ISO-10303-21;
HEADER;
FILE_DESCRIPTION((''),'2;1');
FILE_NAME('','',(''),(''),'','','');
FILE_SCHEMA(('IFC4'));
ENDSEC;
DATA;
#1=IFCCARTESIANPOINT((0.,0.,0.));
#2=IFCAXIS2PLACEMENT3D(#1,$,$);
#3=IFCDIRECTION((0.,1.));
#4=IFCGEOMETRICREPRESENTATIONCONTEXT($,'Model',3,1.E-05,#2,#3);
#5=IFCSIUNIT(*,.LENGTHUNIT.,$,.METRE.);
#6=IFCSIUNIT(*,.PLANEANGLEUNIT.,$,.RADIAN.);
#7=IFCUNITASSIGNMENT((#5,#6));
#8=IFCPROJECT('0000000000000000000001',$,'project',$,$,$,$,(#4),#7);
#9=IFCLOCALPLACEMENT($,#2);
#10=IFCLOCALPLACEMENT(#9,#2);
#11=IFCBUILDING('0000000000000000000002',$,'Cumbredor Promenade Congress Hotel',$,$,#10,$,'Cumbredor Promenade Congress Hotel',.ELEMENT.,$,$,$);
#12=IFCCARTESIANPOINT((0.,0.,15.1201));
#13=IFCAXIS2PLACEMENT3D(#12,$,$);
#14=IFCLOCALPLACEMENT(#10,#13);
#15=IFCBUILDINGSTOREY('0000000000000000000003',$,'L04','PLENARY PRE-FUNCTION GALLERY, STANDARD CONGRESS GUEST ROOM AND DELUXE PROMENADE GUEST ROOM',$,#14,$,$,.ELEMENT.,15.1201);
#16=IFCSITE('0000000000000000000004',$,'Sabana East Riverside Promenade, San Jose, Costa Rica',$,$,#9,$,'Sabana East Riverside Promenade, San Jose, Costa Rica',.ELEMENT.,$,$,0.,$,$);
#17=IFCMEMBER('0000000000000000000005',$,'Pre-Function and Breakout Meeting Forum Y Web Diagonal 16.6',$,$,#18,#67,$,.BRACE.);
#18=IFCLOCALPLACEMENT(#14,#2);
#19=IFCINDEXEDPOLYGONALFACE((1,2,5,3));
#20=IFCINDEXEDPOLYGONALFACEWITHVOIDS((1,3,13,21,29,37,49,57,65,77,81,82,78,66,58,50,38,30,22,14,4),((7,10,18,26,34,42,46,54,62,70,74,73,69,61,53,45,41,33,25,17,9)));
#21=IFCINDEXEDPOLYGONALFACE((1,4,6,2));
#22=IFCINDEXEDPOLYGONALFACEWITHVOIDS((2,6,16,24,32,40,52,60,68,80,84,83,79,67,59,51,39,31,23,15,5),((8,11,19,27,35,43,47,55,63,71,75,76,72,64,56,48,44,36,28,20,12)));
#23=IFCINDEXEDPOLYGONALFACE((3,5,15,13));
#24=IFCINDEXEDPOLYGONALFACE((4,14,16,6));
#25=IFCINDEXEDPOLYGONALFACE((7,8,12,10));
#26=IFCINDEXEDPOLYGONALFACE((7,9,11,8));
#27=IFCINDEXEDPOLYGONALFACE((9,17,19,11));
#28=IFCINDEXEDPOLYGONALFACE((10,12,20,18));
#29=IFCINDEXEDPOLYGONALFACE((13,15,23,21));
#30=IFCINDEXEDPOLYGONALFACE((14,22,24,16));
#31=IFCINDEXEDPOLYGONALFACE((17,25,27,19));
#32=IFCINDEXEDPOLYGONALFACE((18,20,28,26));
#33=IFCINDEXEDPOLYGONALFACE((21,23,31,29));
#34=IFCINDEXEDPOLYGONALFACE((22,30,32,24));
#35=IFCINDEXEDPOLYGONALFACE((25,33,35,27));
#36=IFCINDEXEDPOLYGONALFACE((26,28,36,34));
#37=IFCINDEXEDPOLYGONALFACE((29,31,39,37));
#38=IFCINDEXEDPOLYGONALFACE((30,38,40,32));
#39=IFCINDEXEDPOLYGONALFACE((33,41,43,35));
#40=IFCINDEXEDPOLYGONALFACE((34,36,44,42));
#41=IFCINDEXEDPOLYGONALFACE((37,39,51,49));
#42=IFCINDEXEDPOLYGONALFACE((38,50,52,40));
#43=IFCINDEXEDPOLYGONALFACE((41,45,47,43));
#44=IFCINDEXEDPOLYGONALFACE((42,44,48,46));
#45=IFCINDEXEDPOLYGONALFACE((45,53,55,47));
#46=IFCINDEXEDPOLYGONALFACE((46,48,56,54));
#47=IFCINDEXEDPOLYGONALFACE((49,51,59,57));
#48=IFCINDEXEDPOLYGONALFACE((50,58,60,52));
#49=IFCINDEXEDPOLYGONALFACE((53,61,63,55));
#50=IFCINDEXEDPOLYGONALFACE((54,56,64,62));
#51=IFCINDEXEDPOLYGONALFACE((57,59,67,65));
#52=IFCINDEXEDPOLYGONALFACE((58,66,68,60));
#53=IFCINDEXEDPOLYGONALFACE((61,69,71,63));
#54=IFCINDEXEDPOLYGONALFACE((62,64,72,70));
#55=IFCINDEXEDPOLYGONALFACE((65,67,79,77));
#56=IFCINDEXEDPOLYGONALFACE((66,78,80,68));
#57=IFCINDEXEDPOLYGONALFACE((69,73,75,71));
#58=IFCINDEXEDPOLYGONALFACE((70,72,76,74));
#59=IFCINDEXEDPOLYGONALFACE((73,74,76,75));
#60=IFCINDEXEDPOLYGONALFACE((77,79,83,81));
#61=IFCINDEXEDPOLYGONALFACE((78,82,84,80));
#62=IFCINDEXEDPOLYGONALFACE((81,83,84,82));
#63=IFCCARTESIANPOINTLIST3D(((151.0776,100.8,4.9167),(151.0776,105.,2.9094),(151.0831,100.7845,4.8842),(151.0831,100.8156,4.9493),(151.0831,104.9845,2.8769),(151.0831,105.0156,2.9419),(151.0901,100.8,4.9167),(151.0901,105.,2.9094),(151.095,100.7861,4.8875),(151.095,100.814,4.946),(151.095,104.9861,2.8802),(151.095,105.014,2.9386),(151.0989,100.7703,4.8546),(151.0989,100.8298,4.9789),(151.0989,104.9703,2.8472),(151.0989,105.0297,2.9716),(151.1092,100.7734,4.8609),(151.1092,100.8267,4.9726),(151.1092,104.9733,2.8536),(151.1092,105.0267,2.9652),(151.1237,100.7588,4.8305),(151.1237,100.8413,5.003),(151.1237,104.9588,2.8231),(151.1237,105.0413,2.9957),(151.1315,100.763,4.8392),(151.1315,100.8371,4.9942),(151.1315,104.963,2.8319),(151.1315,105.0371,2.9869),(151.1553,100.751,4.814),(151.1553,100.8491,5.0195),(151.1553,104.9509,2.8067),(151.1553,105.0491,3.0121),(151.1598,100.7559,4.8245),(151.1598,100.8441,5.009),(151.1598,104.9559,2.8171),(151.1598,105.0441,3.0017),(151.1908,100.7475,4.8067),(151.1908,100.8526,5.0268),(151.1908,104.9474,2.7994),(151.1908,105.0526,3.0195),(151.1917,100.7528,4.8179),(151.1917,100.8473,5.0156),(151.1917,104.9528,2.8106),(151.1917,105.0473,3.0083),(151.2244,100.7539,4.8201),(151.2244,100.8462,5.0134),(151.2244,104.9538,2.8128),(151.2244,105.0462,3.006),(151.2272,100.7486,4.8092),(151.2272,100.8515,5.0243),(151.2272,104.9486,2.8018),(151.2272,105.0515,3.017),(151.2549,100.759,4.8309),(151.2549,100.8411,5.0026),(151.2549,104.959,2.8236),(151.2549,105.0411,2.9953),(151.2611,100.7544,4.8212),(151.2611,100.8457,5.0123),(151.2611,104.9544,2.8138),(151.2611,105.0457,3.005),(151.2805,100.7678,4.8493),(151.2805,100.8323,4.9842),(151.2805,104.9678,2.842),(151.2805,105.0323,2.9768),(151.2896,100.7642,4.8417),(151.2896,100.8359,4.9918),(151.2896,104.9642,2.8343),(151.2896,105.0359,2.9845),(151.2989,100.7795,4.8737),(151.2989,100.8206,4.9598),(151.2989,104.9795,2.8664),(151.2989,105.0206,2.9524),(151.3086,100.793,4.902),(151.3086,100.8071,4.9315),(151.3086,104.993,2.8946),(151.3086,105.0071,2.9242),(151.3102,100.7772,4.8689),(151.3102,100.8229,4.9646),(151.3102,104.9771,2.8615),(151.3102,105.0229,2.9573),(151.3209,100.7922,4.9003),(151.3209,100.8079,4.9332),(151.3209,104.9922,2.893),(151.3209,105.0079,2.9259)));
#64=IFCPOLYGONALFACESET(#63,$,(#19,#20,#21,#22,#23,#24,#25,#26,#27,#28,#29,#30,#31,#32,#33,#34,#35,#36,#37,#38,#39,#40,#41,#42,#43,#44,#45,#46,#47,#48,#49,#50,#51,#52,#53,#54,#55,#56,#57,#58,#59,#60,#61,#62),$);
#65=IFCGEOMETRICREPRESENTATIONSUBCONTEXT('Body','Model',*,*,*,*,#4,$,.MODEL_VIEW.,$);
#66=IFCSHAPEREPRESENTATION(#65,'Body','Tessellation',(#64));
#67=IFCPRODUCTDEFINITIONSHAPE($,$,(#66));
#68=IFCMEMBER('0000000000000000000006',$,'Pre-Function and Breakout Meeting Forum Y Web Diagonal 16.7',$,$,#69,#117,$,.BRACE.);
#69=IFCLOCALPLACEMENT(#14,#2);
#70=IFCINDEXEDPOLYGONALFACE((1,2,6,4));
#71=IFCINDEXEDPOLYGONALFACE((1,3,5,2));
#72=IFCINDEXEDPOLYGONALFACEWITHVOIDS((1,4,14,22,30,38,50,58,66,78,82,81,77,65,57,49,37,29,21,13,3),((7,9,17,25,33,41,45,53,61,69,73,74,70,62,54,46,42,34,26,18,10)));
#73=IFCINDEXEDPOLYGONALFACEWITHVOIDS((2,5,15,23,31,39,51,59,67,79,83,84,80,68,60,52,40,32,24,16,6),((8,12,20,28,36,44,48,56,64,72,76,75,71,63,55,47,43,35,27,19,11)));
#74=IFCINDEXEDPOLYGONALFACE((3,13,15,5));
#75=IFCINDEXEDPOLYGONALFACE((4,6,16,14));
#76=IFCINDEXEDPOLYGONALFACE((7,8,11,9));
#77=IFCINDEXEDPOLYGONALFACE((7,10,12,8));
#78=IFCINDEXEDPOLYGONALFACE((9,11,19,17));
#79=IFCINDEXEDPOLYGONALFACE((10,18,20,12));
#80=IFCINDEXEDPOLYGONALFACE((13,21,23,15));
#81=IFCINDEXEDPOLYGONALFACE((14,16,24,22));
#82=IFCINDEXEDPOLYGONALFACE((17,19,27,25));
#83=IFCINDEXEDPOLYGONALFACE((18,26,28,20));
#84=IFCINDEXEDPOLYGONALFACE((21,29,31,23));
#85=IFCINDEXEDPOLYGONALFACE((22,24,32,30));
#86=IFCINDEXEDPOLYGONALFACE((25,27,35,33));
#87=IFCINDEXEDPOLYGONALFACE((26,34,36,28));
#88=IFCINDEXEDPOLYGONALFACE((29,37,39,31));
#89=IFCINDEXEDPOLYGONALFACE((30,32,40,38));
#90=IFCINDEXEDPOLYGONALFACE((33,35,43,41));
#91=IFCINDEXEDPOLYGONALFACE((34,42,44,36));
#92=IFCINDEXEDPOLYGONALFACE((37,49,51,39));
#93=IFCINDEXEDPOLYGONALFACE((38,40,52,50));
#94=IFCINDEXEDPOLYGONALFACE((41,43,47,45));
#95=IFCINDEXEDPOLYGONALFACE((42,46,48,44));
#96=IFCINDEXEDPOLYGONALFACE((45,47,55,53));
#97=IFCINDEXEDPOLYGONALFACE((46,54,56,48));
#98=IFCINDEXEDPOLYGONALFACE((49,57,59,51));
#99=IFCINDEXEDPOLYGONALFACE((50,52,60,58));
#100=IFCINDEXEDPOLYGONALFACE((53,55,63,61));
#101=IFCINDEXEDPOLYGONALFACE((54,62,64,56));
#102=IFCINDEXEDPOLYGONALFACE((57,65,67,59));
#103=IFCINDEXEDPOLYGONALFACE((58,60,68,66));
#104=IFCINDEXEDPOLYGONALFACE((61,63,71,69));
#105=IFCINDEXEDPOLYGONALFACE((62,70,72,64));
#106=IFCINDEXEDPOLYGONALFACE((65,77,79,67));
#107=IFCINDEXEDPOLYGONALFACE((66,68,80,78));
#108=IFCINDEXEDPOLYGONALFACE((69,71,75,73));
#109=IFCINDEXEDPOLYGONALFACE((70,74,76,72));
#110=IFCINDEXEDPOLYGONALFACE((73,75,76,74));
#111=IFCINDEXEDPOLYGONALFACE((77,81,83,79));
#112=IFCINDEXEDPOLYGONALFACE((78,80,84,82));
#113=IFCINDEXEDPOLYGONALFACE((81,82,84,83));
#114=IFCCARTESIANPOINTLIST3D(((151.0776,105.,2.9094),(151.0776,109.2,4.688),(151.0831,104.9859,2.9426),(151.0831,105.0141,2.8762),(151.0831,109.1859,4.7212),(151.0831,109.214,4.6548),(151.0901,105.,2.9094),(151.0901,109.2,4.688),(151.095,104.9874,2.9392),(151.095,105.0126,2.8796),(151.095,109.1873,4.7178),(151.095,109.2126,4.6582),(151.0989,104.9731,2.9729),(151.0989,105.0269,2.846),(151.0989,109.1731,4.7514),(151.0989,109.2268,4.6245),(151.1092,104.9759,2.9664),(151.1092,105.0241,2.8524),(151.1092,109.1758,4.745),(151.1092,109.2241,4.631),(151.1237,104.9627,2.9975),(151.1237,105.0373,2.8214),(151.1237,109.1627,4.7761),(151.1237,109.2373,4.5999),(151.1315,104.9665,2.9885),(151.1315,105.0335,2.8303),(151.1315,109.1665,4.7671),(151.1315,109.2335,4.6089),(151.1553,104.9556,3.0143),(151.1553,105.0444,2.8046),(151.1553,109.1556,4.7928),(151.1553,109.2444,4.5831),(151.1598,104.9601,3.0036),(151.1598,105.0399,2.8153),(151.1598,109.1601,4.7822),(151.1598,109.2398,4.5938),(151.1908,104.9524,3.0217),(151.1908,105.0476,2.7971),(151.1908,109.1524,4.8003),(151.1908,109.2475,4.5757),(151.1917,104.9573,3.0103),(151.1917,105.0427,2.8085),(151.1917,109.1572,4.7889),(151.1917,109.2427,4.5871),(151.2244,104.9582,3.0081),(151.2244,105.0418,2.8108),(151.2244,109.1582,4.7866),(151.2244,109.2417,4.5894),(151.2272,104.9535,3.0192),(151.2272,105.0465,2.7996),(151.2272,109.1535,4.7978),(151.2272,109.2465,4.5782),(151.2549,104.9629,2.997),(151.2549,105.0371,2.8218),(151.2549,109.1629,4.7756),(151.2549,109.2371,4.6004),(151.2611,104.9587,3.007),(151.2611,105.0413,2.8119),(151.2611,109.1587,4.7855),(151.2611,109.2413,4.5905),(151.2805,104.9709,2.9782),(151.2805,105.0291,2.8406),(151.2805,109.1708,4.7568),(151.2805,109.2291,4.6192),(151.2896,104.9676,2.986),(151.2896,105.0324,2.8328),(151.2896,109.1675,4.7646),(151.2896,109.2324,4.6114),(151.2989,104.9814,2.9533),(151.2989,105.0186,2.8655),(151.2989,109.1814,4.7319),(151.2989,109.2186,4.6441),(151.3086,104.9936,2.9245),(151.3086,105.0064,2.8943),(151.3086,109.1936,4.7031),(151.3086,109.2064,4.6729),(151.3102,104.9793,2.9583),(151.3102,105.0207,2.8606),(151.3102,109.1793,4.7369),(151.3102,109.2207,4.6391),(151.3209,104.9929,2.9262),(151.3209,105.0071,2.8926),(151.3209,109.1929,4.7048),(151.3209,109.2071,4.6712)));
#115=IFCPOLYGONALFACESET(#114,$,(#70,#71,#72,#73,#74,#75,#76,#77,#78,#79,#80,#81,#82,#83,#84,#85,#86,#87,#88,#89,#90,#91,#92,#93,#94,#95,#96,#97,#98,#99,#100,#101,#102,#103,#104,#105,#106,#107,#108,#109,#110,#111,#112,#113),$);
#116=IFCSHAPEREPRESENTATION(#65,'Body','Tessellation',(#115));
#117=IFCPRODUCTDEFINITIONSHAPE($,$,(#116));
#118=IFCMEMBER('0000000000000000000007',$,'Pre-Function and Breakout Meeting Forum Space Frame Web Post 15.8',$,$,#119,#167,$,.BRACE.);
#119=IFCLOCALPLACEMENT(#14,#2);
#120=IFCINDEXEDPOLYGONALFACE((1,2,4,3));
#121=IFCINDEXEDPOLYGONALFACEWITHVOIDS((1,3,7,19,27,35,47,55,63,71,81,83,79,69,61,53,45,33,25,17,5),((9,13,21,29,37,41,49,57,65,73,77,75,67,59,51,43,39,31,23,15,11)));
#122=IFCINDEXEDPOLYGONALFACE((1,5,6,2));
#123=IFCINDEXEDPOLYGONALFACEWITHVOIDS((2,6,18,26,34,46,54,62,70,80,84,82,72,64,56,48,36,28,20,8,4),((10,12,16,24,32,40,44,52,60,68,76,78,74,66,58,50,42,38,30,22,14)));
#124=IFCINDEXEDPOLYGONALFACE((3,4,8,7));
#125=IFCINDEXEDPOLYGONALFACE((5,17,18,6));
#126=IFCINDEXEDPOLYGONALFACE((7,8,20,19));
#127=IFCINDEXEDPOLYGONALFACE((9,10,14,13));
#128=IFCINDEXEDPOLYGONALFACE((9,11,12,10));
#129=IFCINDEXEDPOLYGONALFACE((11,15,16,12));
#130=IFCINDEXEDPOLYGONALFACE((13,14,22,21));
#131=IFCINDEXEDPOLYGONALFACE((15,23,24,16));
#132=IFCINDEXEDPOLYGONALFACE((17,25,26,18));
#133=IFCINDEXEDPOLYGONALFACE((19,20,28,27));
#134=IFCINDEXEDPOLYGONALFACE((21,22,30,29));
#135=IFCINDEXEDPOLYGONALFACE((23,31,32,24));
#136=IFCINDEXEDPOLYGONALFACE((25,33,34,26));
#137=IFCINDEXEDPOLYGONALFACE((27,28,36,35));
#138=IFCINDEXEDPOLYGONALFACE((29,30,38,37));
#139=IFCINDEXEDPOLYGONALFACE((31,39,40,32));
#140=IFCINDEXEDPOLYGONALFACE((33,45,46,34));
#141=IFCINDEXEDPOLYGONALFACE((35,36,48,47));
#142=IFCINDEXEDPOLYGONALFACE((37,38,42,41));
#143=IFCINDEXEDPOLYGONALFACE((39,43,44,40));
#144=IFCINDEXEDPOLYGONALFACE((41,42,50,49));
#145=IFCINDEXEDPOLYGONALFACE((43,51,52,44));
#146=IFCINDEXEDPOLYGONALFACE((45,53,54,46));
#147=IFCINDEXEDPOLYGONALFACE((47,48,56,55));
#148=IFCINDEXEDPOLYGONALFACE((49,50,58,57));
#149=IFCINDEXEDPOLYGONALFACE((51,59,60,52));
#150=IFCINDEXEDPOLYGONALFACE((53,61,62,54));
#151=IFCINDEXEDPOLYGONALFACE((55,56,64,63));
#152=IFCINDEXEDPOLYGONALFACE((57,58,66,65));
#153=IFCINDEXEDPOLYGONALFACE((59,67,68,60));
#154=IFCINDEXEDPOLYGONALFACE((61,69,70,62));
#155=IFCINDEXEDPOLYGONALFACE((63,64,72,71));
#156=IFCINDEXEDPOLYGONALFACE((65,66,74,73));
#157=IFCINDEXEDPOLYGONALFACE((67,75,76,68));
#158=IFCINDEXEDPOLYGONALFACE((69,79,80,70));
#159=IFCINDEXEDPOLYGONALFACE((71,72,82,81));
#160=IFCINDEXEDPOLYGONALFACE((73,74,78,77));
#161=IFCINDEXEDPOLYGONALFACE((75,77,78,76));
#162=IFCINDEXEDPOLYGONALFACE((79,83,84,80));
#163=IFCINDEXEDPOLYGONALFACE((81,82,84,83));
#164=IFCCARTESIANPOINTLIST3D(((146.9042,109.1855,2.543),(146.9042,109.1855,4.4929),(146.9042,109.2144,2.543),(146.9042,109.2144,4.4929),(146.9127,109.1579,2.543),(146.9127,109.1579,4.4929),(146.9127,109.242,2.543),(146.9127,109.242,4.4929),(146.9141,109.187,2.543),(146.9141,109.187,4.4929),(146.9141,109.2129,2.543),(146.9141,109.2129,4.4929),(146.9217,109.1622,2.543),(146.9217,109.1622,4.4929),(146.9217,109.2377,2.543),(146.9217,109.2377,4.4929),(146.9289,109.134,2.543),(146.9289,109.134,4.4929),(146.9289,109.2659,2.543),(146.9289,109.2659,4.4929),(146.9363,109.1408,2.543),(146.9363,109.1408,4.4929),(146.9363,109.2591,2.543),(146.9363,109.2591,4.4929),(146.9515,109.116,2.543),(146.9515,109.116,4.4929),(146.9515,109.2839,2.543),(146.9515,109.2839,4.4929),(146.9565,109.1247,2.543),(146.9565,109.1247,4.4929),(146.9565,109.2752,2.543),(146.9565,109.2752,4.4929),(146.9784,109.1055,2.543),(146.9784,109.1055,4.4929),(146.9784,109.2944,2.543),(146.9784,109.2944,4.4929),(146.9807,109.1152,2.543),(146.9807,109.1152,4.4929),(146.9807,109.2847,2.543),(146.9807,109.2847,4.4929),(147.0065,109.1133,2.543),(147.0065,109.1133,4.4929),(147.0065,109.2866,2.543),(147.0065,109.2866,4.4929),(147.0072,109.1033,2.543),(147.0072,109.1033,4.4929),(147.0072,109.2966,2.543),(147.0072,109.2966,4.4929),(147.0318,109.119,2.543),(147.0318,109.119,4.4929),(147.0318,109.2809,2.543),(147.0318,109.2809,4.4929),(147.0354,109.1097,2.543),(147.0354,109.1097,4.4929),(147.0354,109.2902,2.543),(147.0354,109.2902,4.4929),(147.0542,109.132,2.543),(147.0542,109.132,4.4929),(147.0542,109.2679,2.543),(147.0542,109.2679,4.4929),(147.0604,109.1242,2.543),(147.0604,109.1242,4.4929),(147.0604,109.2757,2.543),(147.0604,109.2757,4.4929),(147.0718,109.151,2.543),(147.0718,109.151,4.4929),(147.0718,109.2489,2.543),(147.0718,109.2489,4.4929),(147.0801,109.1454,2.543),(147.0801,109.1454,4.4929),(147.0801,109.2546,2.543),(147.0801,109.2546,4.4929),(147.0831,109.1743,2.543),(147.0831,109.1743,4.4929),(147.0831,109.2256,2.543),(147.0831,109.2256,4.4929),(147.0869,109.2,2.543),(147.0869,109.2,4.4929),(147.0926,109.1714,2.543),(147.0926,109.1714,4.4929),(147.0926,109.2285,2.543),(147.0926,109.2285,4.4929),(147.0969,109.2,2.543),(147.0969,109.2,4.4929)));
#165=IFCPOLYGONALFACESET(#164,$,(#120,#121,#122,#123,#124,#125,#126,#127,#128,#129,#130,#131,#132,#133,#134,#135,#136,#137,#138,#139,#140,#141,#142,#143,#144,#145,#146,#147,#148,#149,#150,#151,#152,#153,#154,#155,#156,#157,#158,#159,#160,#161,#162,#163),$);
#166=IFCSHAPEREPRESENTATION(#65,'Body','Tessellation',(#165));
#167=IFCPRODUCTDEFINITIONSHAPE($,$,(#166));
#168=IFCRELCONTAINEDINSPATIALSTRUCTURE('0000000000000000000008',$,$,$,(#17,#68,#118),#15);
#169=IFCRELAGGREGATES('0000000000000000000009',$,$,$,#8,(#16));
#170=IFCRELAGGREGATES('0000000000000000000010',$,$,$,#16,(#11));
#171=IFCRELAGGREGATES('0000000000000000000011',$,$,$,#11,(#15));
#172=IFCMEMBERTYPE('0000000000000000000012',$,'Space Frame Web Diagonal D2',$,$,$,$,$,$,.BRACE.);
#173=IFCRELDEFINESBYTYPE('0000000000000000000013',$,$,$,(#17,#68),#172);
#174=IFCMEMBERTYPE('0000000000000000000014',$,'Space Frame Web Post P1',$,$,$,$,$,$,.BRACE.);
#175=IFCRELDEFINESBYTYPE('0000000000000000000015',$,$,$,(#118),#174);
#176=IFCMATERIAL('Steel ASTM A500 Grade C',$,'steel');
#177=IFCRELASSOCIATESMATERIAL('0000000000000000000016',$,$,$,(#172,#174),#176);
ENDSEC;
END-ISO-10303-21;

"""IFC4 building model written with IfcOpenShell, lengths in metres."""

from ifc_helpers import new_model, si_unit, direction, frame, origin, origin_2d, place, context, subcontext, project, spatial, hollow_circle, extrude, material, material_profile, profile_set, type_object, element, save


model = new_model("IFC4")

# Units and contexts
model_context = context("Model", 3, precision=1e-05, world=origin(), true_north=direction((0.0, 1.0)))
body_context = subcontext(model_context, "Body", "Model", "MODEL_VIEW")
ifc_project = project(units=[si_unit("LENGTHUNIT", "METRE"), si_unit("PLANEANGLEUNIT", "RADIAN")], contexts=[model_context])

# Site, building, storey
site_placement = place(None, origin())
site = spatial("IfcSite", under=ifc_project, at=site_placement, Name="Sabana East Riverside Promenade, San Jose, Costa Rica", LongName="Sabana East Riverside Promenade, San Jose, Costa Rica", CompositionType="ELEMENT", RefElevation=0.0)
building_placement = place(site_placement, origin())
building = spatial("IfcBuilding", under=site, at=building_placement, Name="Cumbredor Promenade Congress Hotel", LongName="Cumbredor Promenade Congress Hotel", CompositionType="ELEMENT")
storey_placement = place(building_placement, frame((0.0, 0.0, 15.1201)))
storey = spatial("IfcBuildingStorey", under=building, at=storey_placement, Name="L04", Description="PLENARY PRE-FUNCTION GALLERY, STANDARD CONGRESS GUEST ROOM AND DELUXE PROMENADE GUEST ROOM", CompositionType="ELEMENT", Elevation=15.1201)

# Members
ifc_material_1 = material(Name="Steel ASTM A500 Grade C", Category="steel")
ifc_material_profile_1 = material_profile(ifc_material_1, hollow_circle(Radius=0.1223, WallThickness=0.0125, at=origin_2d()), Name="CHS 244.5x12.5")
ifc_profile_set_1 = profile_set([ifc_material_profile_1], Name="Steel ASTM A500 Grade C")
member_type_1 = type_object("IfcMemberType", Name="Space Frame Web Diagonal D2", PredefinedType="BRACE", material=ifc_profile_set_1)
member_1_placement = place(storey_placement, frame((151.2, 100.8, 4.9167), z_axis=(0.0, 0.902247, -0.43122), x_axis=(-1.0, 0.0, 0.0)))
element("IfcMember", 1, at=member_1_placement, inside=storey, type_object=member_type_1, Name="Pre-Function and Breakout Meeting Forum Y Web Diagonal 16.6", PredefinedType="BRACE", context=body_context, shape_type="SweptSolid", body=[
    extrude(hollow_circle(Radius=0.1223, WallThickness=0.0125, at=origin_2d()), origin(), (0.0, 0.0, 1.0), 4.655),
])
member_2_placement = place(storey_placement, frame((151.2, 105.0, 2.9094), z_axis=(0.0, 0.920836, 0.389949), x_axis=(-1.0, 0.0, 0.0)))
element("IfcMember", 2, at=member_2_placement, inside=storey, type_object=member_type_1, Name="Pre-Function and Breakout Meeting Forum Y Web Diagonal 16.7", PredefinedType="BRACE", context=body_context, shape_type="SweptSolid", body=[
    extrude(hollow_circle(Radius=0.1223, WallThickness=0.0125, at=origin_2d()), origin(), (0.0, 0.0, 1.0), 4.561),
])
ifc_material_profile_2 = material_profile(ifc_material_1, hollow_circle(Radius=0.0969, WallThickness=0.01, at=origin_2d()), Name="CHS 193.7x10")
ifc_profile_set_2 = profile_set([ifc_material_profile_2], Name="Steel ASTM A500 Grade C")
member_type_2 = type_object("IfcMemberType", Name="Space Frame Web Post P1", PredefinedType="BRACE", material=ifc_profile_set_2)
for number, where, z_axis, x_axis, name in (
    (3, (147.0, 109.2, 2.543), (0.0, 0.0, 1.0), (1.0, 0.0, 0.0), "Pre-Function and Breakout Meeting Forum Space Frame Web Post 15.8"),
):
    element("IfcMember", number, at=place(storey_placement, frame(where, z_axis=z_axis, x_axis=x_axis)), inside=storey, type_object=member_type_2, Name=name, PredefinedType="BRACE", context=body_context, shape_type="SweptSolid", body=[
        extrude(hollow_circle(Radius=0.0969, WallThickness=0.01, at=origin_2d()), origin(), (0.0, 0.0, 1.0), 1.95),
    ])

save(model, "model.ifc")
